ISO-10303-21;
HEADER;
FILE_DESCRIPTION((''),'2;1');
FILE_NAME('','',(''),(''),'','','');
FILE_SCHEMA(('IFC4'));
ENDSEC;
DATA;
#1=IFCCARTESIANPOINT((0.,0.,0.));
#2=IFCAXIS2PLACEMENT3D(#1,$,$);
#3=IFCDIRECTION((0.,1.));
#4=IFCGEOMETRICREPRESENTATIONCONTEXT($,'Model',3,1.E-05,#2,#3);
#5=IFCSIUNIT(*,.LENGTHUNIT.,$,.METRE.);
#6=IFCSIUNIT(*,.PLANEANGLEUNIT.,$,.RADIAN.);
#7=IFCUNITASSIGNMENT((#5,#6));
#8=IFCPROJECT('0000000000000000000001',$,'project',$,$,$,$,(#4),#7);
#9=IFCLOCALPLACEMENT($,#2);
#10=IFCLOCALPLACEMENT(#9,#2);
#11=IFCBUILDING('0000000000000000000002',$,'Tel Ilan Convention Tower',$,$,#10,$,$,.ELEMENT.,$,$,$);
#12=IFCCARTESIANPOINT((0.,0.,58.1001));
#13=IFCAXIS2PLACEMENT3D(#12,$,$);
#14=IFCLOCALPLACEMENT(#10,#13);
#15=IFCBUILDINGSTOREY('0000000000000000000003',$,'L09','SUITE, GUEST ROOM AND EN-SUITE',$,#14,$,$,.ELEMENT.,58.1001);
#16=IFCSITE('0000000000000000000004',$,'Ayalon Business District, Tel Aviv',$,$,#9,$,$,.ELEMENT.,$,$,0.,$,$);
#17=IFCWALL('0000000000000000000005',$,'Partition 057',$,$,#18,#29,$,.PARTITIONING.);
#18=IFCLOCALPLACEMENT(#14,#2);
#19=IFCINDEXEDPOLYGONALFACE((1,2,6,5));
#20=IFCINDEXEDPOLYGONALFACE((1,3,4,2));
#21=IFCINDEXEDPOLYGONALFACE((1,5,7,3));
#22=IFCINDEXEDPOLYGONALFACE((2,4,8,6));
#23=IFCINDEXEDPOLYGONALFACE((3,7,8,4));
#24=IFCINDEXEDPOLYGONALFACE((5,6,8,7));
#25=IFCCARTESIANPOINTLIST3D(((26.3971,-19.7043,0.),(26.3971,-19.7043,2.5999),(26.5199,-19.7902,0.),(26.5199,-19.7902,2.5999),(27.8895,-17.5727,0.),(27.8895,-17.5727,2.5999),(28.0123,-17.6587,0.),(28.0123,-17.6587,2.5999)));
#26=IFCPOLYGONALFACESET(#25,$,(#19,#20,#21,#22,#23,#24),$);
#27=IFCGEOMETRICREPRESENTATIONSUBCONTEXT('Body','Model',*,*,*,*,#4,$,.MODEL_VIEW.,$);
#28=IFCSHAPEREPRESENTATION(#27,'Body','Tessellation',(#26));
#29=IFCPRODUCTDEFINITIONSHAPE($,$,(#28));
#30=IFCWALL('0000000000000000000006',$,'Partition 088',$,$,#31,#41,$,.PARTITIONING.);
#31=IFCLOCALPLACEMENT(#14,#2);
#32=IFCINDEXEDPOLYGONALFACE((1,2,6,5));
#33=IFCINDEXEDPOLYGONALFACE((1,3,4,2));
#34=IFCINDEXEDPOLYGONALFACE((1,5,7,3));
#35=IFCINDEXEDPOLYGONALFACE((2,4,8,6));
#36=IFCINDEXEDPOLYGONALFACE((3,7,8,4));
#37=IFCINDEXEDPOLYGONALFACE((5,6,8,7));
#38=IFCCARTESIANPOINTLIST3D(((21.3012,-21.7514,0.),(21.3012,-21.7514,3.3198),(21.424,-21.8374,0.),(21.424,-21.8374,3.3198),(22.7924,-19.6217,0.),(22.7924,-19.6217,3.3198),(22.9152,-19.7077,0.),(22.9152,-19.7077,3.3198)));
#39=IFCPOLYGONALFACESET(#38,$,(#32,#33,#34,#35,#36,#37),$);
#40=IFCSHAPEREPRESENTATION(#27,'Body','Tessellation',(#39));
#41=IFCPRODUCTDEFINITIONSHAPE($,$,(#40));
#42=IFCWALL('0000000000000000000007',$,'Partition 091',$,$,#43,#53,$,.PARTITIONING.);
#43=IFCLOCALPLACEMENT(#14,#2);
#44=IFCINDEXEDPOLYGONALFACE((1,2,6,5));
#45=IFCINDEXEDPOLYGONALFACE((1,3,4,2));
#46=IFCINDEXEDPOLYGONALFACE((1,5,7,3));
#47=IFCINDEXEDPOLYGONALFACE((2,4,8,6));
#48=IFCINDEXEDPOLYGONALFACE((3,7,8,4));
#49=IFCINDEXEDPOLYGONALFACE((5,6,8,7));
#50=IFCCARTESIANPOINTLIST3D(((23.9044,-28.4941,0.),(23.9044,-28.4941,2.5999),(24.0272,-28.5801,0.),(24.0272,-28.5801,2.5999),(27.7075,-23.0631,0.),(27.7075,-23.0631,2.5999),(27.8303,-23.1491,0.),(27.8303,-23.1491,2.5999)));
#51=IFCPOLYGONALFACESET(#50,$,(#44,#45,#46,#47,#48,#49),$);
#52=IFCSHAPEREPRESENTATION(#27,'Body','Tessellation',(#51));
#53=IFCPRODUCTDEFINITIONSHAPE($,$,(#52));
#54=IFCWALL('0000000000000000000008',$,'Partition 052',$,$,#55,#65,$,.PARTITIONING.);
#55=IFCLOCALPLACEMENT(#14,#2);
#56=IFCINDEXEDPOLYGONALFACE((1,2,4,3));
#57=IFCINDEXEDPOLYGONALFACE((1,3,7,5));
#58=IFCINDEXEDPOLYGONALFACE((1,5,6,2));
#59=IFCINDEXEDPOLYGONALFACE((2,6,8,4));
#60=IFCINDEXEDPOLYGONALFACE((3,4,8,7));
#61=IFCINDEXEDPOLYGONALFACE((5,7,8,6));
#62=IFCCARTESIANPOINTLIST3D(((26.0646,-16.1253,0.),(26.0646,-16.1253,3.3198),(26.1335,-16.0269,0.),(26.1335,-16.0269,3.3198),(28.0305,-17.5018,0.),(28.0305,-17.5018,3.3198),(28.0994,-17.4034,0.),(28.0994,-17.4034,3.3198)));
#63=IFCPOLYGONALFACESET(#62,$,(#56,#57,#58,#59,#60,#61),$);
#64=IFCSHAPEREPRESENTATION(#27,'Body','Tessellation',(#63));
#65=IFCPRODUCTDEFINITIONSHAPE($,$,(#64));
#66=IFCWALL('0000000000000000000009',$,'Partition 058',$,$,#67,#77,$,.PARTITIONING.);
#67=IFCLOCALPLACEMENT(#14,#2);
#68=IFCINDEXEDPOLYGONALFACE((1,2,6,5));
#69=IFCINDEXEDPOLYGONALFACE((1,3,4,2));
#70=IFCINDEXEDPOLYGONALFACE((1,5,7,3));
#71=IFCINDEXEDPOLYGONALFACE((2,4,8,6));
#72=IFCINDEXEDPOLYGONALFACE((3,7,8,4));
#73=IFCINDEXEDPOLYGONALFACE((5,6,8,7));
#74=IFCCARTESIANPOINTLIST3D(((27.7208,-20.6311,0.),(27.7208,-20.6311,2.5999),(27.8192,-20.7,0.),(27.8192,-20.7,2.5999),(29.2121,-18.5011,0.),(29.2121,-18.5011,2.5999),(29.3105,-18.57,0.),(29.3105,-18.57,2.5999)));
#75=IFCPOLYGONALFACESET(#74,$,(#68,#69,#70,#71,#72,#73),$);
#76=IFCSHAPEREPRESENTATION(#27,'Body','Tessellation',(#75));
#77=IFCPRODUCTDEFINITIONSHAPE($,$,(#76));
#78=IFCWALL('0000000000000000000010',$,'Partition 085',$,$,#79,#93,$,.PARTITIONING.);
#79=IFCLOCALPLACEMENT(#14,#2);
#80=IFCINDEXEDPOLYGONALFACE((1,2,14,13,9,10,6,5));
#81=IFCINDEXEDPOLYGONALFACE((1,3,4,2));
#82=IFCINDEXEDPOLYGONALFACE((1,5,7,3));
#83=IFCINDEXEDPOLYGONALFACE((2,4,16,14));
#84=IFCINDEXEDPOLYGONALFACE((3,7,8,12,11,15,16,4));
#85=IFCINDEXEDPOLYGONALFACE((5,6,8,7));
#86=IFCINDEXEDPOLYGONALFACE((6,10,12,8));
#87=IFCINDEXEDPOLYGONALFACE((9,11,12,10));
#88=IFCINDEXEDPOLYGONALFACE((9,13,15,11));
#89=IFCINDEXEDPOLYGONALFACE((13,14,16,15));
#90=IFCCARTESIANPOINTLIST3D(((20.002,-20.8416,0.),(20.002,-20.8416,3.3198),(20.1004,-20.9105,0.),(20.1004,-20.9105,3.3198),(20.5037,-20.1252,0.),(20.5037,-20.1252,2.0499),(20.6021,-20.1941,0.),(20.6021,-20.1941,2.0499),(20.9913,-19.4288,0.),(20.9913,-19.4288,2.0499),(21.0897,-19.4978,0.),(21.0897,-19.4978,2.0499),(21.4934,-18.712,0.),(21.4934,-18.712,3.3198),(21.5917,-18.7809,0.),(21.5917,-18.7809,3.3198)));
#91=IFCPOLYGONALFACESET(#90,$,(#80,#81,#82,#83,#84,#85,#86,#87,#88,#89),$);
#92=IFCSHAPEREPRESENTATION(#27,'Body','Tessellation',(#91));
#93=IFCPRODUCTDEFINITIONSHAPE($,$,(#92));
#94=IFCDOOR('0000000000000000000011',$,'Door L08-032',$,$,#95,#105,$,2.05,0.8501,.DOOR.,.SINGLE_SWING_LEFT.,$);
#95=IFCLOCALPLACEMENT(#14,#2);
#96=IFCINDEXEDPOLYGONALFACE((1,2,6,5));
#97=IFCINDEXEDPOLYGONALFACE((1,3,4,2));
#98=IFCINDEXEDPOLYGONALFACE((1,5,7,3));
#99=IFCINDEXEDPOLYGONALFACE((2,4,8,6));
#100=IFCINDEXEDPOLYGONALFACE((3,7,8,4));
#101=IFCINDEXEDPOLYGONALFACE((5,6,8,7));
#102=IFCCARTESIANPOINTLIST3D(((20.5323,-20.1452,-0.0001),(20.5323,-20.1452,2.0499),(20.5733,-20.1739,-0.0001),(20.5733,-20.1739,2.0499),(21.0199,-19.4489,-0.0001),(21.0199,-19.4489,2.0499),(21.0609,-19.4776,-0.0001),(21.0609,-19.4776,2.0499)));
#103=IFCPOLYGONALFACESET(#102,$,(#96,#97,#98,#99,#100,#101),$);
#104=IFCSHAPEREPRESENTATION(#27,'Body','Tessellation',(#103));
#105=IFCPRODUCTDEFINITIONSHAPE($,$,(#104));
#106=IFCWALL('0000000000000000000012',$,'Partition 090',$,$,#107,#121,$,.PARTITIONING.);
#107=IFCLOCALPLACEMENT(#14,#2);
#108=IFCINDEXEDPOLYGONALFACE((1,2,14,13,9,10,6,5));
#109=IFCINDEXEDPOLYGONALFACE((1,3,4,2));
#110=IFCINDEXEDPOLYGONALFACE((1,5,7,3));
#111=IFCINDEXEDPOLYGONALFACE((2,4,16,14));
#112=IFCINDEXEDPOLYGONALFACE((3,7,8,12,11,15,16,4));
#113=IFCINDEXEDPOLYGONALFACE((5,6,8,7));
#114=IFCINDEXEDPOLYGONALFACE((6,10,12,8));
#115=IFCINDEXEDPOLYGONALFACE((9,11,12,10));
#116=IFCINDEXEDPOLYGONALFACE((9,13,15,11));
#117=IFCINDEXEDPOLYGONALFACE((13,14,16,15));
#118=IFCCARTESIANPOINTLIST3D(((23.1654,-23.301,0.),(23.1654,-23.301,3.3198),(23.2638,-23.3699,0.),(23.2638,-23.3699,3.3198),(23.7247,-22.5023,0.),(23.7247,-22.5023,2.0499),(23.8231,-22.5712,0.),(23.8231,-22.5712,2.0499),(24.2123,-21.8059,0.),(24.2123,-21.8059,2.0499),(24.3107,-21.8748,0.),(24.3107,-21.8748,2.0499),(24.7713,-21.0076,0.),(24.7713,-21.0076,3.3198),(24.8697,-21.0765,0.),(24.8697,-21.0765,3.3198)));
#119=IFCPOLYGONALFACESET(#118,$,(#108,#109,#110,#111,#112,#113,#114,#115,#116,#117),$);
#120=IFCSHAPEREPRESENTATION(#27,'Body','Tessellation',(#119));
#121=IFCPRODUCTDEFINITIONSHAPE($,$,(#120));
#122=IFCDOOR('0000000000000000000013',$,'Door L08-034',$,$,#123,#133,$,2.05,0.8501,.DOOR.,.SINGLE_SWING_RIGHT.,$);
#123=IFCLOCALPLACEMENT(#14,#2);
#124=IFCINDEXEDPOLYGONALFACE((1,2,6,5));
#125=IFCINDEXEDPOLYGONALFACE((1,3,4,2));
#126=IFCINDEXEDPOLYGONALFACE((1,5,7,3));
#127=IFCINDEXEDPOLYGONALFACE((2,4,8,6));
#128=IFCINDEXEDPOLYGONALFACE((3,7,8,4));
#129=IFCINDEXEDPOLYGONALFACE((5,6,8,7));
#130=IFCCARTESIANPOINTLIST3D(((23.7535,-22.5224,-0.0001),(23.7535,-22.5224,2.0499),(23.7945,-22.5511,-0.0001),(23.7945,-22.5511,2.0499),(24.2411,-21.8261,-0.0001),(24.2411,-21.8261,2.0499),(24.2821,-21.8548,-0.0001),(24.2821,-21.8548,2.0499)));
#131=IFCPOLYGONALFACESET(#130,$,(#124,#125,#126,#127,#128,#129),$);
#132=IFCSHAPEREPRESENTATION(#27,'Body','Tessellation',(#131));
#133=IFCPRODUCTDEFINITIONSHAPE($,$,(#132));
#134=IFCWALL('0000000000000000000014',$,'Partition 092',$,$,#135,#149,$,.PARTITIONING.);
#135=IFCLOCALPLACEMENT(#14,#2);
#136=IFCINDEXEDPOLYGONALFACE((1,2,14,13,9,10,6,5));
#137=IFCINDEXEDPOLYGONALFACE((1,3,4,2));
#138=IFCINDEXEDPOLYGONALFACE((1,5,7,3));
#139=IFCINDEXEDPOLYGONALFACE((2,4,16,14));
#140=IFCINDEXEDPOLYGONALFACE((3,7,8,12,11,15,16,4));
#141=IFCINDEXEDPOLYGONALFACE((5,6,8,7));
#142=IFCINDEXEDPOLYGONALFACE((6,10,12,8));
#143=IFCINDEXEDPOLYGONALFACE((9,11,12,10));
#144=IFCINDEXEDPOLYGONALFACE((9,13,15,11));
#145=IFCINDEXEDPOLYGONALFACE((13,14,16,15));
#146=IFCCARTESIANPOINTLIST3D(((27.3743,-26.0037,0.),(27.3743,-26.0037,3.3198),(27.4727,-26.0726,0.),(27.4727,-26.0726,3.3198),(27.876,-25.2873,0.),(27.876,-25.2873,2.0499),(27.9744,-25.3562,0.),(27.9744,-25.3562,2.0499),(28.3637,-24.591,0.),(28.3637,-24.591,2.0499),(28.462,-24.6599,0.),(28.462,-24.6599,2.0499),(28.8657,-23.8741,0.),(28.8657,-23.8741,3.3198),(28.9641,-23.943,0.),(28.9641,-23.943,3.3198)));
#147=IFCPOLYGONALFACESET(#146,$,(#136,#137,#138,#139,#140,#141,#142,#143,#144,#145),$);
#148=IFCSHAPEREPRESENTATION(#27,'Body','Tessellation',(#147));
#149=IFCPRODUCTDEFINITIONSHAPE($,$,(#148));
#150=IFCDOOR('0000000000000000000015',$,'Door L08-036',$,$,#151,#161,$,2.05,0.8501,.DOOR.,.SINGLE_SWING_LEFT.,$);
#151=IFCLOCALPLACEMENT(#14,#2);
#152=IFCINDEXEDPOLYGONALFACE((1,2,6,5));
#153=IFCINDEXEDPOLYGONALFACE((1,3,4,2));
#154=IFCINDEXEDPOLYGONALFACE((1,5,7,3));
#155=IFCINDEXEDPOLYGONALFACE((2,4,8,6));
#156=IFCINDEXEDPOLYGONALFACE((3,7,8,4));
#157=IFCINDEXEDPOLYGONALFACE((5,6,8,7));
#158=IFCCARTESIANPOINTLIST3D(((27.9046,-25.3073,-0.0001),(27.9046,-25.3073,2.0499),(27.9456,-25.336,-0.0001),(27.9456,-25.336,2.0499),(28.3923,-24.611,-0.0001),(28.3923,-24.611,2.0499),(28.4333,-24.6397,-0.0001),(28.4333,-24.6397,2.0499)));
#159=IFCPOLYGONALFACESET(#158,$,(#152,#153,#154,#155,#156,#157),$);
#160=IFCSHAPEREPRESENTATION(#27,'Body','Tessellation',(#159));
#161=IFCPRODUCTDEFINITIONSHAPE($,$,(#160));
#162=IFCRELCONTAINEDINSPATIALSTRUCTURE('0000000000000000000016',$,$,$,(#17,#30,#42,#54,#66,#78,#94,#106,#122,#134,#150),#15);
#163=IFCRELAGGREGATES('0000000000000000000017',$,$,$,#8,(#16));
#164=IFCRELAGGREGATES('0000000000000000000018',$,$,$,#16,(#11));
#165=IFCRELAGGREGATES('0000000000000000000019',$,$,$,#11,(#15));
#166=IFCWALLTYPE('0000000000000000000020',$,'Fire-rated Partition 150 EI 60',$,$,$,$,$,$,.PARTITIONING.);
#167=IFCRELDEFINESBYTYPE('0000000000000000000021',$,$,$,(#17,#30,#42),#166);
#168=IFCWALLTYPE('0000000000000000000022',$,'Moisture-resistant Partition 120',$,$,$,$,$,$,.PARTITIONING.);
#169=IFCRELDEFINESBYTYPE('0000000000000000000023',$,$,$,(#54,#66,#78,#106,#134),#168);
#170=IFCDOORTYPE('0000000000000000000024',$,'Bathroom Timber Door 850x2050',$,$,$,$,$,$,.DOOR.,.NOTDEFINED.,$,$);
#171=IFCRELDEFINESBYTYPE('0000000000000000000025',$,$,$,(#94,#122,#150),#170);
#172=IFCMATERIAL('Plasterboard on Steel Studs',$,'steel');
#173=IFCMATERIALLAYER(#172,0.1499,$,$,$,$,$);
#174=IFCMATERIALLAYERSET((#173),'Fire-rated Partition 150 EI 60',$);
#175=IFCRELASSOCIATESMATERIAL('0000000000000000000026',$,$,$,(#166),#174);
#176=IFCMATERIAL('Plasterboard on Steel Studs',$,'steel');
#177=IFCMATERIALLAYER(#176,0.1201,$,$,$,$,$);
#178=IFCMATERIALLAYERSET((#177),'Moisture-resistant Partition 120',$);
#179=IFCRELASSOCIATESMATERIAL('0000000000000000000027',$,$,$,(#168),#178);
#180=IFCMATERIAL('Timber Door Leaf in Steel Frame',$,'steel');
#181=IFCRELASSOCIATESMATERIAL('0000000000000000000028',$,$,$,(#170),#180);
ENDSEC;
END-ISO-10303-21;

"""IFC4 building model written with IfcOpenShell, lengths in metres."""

from ifc_helpers import new_model, si_unit, direction, frame, frame_2d, origin, place, context, subcontext, project, spatial, rectangle, extrude, material, layer, layer_set, type_object, element, fill, save


model = new_model("IFC4")

# Units and contexts
model_context = context("Model", 3, precision=1e-05, world=origin(), true_north=direction((0.0, 1.0)))
body_context = subcontext(model_context, "Body", "Model", "MODEL_VIEW")
ifc_project = project(units=[si_unit("LENGTHUNIT", "METRE"), si_unit("PLANEANGLEUNIT", "RADIAN")], contexts=[model_context])

# Site, building, storey
site_placement = place(None, origin())
site = spatial("IfcSite", under=ifc_project, at=site_placement, Name="Ayalon Business District, Tel Aviv", CompositionType="ELEMENT", RefElevation=0.0)
building_placement = place(site_placement, origin())
building = spatial("IfcBuilding", under=site, at=building_placement, Name="Tel Ilan Convention Tower", CompositionType="ELEMENT")
storey_placement = place(building_placement, frame((0.0, 0.0, 58.1001)))
storey = spatial("IfcBuildingStorey", under=building, at=storey_placement, Name="L09", Description="SUITE, GUEST ROOM AND EN-SUITE", CompositionType="ELEMENT", Elevation=58.1001)

# Shared definitions
ifc_material_1 = material(Name="Plasterboard on Steel Studs", Category="steel")
ifc_layer_1 = layer(ifc_material_1, 0.1499)
ifc_layer_set_1 = layer_set([ifc_layer_1], Name="Fire-rated Partition 150 EI 60")
wall_type_1 = type_object("IfcWallType", Name="Fire-rated Partition 150 EI 60", PredefinedType="PARTITIONING", material=ifc_layer_set_1)

# Walls
wall_1_placement = place(storey_placement, frame((27.9509, -17.6157, 0.0), z_axis=(0.0, 0.0, 1.0), x_axis=(-0.573544, -0.819175, 0.0)))
element("IfcWall", 1, at=wall_1_placement, inside=storey, type_object=wall_type_1, Name="Partition 057", PredefinedType="PARTITIONING", context=body_context, shape_type="SweptSolid", body=[
    extrude(rectangle(XDim=2.6021, YDim=0.1499, at=frame_2d((1.301, 0.0))), origin(), (0.0, 0.0, 1.0), 2.5999),
])
wall_2_placement = place(storey_placement, frame((22.8538, -19.6648, 0.0), z_axis=(0.0, 0.0, 1.0), x_axis=(-0.573582, -0.819148, 0.0)))
element("IfcWall", 2, at=wall_2_placement, inside=storey, type_object=wall_type_1, Name="Partition 088", PredefinedType="PARTITIONING", context=body_context, shape_type="SweptSolid", body=[
    extrude(rectangle(XDim=2.5999, YDim=0.1499, at=frame_2d((1.2998, 0.0))), origin(), (0.0, 0.0, 1.0), 3.3198),
])
wall_3_placement = place(storey_placement, frame((27.7688, -23.1062, 0.0), z_axis=(0.0, 0.0, 1.0), x_axis=(-0.573598, -0.819137, 0.0)))
element("IfcWall", 3, at=wall_3_placement, inside=storey, type_object=wall_type_1, Name="Partition 091", PredefinedType="PARTITIONING", context=body_context, shape_type="SweptSolid", body=[
    extrude(rectangle(XDim=6.6301, YDim=0.1499, at=frame_2d((3.3149, 0.0))), origin(), (0.0, 0.0, 1.0), 2.5999),
])
ifc_material_2 = material(Name="Plasterboard on Steel Studs", Category="steel")
ifc_layer_2 = layer(ifc_material_2, 0.1201)
ifc_layer_set_2 = layer_set([ifc_layer_2], Name="Moisture-resistant Partition 120")
wall_type_2 = type_object("IfcWallType", Name="Moisture-resistant Partition 120", PredefinedType="PARTITIONING", material=ifc_layer_set_2)
wall_4_placement = place(storey_placement, frame((28.0649, -17.4526, 0.0), z_axis=(0.0, 0.0, 1.0), x_axis=(-0.819155, 0.573572, 0.0)))
element("IfcWall", 4, at=wall_4_placement, inside=storey, type_object=wall_type_2, Name="Partition 052", PredefinedType="PARTITIONING", context=body_context, shape_type="SweptSolid", body=[
    extrude(rectangle(XDim=2.3999, YDim=0.1201, at=frame_2d((1.2, 0.0))), origin(), (0.0, 0.0, 1.0), 3.3198),
])
wall_5_placement = place(storey_placement, frame((27.77, -20.6655, 0.0), z_axis=(0.0, 0.0, 1.0), x_axis=(0.573538, 0.819179, 0.0)))
element("IfcWall", 5, at=wall_5_placement, inside=storey, type_object=wall_type_2, Name="Partition 058", PredefinedType="PARTITIONING", context=body_context, shape_type="SweptSolid", body=[
    extrude(rectangle(XDim=2.6001, YDim=0.1201, at=frame_2d((1.3, 0.0))), origin(), (0.0, 0.0, 1.0), 2.5999),
])

# Walls, openings, doors
wall_6_placement = place(storey_placement, frame((21.5425, -18.7466, 0.0), z_axis=(0.0, 0.0, 1.0), x_axis=(-0.573645, -0.819104, 0.0)))
wall_6 = element("IfcWall", 6, at=wall_6_placement, inside=storey, type_object=wall_type_2, Name="Partition 085", PredefinedType="PARTITIONING", context=body_context, shape_type="SweptSolid", body=[
    extrude(rectangle(XDim=2.5999, YDim=0.1201, at=frame_2d((1.2998, 0.0))), origin(), (0.0, 0.0, 1.0), 3.3198),
])
opening_1_placement = place(wall_6_placement, frame((0.875, 0.0, 0.0)))
opening_1 = element("IfcOpeningElement", 7, at=opening_1_placement, cuts=wall_6, PredefinedType="OPENING", context=body_context, shape_type="SweptSolid", body=[
    extrude(rectangle(XDim=0.8501, YDim=2.05, at=frame_2d((0.425, 1.0249))), frame((0.0, 0.0701, 0.0), z_axis=(0.0, -1.0, 0.0), x_axis=(1.0, 0.0, 0.0)), (0.0, 0.0, 1.0), 0.1401),
])
ifc_material_3 = material(Name="Timber Door Leaf in Steel Frame", Category="steel")
door_type_1 = type_object("IfcDoorType", Name="Bathroom Timber Door 850x2050", OperationType="NOTDEFINED", PredefinedType="DOOR", material=ifc_material_3)
door_1_placement = place(opening_1_placement, origin())
door_1 = element("IfcDoor", 8, at=door_1_placement, inside=storey, type_object=door_type_1, Name="Door L08-032", OperationType="SINGLE_SWING_LEFT", OverallHeight=2.05, OverallWidth=0.8501, PredefinedType="DOOR", context=body_context, shape_type="SweptSolid", body=[
    extrude(rectangle(XDim=0.8501, YDim=2.05, at=frame_2d((0.425, 1.0249))), frame((0.0, 0.0249, 0.0), z_axis=(0.0, -1.0, 0.0), x_axis=(1.0, 0.0, 0.0)), (0.0, 0.0, 1.0), 0.05),
])
fill(opening_1, door_1)
wall_7_placement = place(storey_placement, frame((23.2146, -23.3354, 0.0), z_axis=(0.0, 0.0, 1.0), x_axis=(0.573591, 0.819142, 0.0)))
wall_7 = element("IfcWall", 9, at=wall_7_placement, inside=storey, type_object=wall_type_2, Name="Partition 090", PredefinedType="PARTITIONING", context=body_context, shape_type="SweptSolid", body=[
    extrude(rectangle(XDim=2.7998, YDim=0.1201, at=frame_2d((1.3999, 0.0))), origin(), (0.0, 0.0, 1.0), 3.3198),
])
opening_2_placement = place(wall_7_placement, frame((0.9751, 0.0, 0.0)))
opening_2 = element("IfcOpeningElement", 10, at=opening_2_placement, cuts=wall_7, PredefinedType="OPENING", context=body_context, shape_type="SweptSolid", body=[
    extrude(rectangle(XDim=0.8501, YDim=2.05, at=frame_2d((0.425, 1.0249))), frame((0.0, 0.0701, 0.0), z_axis=(0.0, -1.0, 0.0), x_axis=(1.0, 0.0, 0.0)), (0.0, 0.0, 1.0), 0.1401),
])
door_2_placement = place(opening_2_placement, origin())
door_2 = element("IfcDoor", 11, at=door_2_placement, inside=storey, type_object=door_type_1, Name="Door L08-034", OperationType="SINGLE_SWING_RIGHT", OverallHeight=2.05, OverallWidth=0.8501, PredefinedType="DOOR", context=body_context, shape_type="SweptSolid", body=[
    extrude(rectangle(XDim=0.8501, YDim=2.05, at=frame_2d((0.425, 1.0249))), frame((0.0, 0.0249, 0.0), z_axis=(0.0, -1.0, 0.0), x_axis=(1.0, 0.0, 0.0)), (0.0, 0.0, 1.0), 0.05),
])
fill(opening_2, door_2)
wall_8_placement = place(storey_placement, frame((28.9148, -23.9087, 0.0), z_axis=(0.0, 0.0, 1.0), x_axis=(-0.573645, -0.819104, 0.0)))
wall_8 = element("IfcWall", 12, at=wall_8_placement, inside=storey, type_object=wall_type_2, Name="Partition 092", PredefinedType="PARTITIONING", context=body_context, shape_type="SweptSolid", body=[
    extrude(rectangle(XDim=2.5999, YDim=0.1201, at=frame_2d((1.2998, 0.0))), origin(), (0.0, 0.0, 1.0), 3.3198),
])
opening_3_placement = place(wall_8_placement, frame((0.875, 0.0, 0.0)))
opening_3 = element("IfcOpeningElement", 13, at=opening_3_placement, cuts=wall_8, PredefinedType="OPENING", context=body_context, shape_type="SweptSolid", body=[
    extrude(rectangle(XDim=0.8501, YDim=2.05, at=frame_2d((0.425, 1.0249))), frame((0.0, 0.0701, 0.0), z_axis=(0.0, -1.0, 0.0), x_axis=(1.0, 0.0, 0.0)), (0.0, 0.0, 1.0), 0.1401),
])
door_3_placement = place(opening_3_placement, origin())
door_3 = element("IfcDoor", 14, at=door_3_placement, inside=storey, type_object=door_type_1, Name="Door L08-036", OperationType="SINGLE_SWING_LEFT", OverallHeight=2.05, OverallWidth=0.8501, PredefinedType="DOOR", context=body_context, shape_type="SweptSolid", body=[
    extrude(rectangle(XDim=0.8501, YDim=2.05, at=frame_2d((0.425, 1.0249))), frame((0.0, 0.0249, 0.0), z_axis=(0.0, -1.0, 0.0), x_axis=(1.0, 0.0, 0.0)), (0.0, 0.0, 1.0), 0.05),
])
fill(opening_3, door_3)

save(model, "model.ifc")
